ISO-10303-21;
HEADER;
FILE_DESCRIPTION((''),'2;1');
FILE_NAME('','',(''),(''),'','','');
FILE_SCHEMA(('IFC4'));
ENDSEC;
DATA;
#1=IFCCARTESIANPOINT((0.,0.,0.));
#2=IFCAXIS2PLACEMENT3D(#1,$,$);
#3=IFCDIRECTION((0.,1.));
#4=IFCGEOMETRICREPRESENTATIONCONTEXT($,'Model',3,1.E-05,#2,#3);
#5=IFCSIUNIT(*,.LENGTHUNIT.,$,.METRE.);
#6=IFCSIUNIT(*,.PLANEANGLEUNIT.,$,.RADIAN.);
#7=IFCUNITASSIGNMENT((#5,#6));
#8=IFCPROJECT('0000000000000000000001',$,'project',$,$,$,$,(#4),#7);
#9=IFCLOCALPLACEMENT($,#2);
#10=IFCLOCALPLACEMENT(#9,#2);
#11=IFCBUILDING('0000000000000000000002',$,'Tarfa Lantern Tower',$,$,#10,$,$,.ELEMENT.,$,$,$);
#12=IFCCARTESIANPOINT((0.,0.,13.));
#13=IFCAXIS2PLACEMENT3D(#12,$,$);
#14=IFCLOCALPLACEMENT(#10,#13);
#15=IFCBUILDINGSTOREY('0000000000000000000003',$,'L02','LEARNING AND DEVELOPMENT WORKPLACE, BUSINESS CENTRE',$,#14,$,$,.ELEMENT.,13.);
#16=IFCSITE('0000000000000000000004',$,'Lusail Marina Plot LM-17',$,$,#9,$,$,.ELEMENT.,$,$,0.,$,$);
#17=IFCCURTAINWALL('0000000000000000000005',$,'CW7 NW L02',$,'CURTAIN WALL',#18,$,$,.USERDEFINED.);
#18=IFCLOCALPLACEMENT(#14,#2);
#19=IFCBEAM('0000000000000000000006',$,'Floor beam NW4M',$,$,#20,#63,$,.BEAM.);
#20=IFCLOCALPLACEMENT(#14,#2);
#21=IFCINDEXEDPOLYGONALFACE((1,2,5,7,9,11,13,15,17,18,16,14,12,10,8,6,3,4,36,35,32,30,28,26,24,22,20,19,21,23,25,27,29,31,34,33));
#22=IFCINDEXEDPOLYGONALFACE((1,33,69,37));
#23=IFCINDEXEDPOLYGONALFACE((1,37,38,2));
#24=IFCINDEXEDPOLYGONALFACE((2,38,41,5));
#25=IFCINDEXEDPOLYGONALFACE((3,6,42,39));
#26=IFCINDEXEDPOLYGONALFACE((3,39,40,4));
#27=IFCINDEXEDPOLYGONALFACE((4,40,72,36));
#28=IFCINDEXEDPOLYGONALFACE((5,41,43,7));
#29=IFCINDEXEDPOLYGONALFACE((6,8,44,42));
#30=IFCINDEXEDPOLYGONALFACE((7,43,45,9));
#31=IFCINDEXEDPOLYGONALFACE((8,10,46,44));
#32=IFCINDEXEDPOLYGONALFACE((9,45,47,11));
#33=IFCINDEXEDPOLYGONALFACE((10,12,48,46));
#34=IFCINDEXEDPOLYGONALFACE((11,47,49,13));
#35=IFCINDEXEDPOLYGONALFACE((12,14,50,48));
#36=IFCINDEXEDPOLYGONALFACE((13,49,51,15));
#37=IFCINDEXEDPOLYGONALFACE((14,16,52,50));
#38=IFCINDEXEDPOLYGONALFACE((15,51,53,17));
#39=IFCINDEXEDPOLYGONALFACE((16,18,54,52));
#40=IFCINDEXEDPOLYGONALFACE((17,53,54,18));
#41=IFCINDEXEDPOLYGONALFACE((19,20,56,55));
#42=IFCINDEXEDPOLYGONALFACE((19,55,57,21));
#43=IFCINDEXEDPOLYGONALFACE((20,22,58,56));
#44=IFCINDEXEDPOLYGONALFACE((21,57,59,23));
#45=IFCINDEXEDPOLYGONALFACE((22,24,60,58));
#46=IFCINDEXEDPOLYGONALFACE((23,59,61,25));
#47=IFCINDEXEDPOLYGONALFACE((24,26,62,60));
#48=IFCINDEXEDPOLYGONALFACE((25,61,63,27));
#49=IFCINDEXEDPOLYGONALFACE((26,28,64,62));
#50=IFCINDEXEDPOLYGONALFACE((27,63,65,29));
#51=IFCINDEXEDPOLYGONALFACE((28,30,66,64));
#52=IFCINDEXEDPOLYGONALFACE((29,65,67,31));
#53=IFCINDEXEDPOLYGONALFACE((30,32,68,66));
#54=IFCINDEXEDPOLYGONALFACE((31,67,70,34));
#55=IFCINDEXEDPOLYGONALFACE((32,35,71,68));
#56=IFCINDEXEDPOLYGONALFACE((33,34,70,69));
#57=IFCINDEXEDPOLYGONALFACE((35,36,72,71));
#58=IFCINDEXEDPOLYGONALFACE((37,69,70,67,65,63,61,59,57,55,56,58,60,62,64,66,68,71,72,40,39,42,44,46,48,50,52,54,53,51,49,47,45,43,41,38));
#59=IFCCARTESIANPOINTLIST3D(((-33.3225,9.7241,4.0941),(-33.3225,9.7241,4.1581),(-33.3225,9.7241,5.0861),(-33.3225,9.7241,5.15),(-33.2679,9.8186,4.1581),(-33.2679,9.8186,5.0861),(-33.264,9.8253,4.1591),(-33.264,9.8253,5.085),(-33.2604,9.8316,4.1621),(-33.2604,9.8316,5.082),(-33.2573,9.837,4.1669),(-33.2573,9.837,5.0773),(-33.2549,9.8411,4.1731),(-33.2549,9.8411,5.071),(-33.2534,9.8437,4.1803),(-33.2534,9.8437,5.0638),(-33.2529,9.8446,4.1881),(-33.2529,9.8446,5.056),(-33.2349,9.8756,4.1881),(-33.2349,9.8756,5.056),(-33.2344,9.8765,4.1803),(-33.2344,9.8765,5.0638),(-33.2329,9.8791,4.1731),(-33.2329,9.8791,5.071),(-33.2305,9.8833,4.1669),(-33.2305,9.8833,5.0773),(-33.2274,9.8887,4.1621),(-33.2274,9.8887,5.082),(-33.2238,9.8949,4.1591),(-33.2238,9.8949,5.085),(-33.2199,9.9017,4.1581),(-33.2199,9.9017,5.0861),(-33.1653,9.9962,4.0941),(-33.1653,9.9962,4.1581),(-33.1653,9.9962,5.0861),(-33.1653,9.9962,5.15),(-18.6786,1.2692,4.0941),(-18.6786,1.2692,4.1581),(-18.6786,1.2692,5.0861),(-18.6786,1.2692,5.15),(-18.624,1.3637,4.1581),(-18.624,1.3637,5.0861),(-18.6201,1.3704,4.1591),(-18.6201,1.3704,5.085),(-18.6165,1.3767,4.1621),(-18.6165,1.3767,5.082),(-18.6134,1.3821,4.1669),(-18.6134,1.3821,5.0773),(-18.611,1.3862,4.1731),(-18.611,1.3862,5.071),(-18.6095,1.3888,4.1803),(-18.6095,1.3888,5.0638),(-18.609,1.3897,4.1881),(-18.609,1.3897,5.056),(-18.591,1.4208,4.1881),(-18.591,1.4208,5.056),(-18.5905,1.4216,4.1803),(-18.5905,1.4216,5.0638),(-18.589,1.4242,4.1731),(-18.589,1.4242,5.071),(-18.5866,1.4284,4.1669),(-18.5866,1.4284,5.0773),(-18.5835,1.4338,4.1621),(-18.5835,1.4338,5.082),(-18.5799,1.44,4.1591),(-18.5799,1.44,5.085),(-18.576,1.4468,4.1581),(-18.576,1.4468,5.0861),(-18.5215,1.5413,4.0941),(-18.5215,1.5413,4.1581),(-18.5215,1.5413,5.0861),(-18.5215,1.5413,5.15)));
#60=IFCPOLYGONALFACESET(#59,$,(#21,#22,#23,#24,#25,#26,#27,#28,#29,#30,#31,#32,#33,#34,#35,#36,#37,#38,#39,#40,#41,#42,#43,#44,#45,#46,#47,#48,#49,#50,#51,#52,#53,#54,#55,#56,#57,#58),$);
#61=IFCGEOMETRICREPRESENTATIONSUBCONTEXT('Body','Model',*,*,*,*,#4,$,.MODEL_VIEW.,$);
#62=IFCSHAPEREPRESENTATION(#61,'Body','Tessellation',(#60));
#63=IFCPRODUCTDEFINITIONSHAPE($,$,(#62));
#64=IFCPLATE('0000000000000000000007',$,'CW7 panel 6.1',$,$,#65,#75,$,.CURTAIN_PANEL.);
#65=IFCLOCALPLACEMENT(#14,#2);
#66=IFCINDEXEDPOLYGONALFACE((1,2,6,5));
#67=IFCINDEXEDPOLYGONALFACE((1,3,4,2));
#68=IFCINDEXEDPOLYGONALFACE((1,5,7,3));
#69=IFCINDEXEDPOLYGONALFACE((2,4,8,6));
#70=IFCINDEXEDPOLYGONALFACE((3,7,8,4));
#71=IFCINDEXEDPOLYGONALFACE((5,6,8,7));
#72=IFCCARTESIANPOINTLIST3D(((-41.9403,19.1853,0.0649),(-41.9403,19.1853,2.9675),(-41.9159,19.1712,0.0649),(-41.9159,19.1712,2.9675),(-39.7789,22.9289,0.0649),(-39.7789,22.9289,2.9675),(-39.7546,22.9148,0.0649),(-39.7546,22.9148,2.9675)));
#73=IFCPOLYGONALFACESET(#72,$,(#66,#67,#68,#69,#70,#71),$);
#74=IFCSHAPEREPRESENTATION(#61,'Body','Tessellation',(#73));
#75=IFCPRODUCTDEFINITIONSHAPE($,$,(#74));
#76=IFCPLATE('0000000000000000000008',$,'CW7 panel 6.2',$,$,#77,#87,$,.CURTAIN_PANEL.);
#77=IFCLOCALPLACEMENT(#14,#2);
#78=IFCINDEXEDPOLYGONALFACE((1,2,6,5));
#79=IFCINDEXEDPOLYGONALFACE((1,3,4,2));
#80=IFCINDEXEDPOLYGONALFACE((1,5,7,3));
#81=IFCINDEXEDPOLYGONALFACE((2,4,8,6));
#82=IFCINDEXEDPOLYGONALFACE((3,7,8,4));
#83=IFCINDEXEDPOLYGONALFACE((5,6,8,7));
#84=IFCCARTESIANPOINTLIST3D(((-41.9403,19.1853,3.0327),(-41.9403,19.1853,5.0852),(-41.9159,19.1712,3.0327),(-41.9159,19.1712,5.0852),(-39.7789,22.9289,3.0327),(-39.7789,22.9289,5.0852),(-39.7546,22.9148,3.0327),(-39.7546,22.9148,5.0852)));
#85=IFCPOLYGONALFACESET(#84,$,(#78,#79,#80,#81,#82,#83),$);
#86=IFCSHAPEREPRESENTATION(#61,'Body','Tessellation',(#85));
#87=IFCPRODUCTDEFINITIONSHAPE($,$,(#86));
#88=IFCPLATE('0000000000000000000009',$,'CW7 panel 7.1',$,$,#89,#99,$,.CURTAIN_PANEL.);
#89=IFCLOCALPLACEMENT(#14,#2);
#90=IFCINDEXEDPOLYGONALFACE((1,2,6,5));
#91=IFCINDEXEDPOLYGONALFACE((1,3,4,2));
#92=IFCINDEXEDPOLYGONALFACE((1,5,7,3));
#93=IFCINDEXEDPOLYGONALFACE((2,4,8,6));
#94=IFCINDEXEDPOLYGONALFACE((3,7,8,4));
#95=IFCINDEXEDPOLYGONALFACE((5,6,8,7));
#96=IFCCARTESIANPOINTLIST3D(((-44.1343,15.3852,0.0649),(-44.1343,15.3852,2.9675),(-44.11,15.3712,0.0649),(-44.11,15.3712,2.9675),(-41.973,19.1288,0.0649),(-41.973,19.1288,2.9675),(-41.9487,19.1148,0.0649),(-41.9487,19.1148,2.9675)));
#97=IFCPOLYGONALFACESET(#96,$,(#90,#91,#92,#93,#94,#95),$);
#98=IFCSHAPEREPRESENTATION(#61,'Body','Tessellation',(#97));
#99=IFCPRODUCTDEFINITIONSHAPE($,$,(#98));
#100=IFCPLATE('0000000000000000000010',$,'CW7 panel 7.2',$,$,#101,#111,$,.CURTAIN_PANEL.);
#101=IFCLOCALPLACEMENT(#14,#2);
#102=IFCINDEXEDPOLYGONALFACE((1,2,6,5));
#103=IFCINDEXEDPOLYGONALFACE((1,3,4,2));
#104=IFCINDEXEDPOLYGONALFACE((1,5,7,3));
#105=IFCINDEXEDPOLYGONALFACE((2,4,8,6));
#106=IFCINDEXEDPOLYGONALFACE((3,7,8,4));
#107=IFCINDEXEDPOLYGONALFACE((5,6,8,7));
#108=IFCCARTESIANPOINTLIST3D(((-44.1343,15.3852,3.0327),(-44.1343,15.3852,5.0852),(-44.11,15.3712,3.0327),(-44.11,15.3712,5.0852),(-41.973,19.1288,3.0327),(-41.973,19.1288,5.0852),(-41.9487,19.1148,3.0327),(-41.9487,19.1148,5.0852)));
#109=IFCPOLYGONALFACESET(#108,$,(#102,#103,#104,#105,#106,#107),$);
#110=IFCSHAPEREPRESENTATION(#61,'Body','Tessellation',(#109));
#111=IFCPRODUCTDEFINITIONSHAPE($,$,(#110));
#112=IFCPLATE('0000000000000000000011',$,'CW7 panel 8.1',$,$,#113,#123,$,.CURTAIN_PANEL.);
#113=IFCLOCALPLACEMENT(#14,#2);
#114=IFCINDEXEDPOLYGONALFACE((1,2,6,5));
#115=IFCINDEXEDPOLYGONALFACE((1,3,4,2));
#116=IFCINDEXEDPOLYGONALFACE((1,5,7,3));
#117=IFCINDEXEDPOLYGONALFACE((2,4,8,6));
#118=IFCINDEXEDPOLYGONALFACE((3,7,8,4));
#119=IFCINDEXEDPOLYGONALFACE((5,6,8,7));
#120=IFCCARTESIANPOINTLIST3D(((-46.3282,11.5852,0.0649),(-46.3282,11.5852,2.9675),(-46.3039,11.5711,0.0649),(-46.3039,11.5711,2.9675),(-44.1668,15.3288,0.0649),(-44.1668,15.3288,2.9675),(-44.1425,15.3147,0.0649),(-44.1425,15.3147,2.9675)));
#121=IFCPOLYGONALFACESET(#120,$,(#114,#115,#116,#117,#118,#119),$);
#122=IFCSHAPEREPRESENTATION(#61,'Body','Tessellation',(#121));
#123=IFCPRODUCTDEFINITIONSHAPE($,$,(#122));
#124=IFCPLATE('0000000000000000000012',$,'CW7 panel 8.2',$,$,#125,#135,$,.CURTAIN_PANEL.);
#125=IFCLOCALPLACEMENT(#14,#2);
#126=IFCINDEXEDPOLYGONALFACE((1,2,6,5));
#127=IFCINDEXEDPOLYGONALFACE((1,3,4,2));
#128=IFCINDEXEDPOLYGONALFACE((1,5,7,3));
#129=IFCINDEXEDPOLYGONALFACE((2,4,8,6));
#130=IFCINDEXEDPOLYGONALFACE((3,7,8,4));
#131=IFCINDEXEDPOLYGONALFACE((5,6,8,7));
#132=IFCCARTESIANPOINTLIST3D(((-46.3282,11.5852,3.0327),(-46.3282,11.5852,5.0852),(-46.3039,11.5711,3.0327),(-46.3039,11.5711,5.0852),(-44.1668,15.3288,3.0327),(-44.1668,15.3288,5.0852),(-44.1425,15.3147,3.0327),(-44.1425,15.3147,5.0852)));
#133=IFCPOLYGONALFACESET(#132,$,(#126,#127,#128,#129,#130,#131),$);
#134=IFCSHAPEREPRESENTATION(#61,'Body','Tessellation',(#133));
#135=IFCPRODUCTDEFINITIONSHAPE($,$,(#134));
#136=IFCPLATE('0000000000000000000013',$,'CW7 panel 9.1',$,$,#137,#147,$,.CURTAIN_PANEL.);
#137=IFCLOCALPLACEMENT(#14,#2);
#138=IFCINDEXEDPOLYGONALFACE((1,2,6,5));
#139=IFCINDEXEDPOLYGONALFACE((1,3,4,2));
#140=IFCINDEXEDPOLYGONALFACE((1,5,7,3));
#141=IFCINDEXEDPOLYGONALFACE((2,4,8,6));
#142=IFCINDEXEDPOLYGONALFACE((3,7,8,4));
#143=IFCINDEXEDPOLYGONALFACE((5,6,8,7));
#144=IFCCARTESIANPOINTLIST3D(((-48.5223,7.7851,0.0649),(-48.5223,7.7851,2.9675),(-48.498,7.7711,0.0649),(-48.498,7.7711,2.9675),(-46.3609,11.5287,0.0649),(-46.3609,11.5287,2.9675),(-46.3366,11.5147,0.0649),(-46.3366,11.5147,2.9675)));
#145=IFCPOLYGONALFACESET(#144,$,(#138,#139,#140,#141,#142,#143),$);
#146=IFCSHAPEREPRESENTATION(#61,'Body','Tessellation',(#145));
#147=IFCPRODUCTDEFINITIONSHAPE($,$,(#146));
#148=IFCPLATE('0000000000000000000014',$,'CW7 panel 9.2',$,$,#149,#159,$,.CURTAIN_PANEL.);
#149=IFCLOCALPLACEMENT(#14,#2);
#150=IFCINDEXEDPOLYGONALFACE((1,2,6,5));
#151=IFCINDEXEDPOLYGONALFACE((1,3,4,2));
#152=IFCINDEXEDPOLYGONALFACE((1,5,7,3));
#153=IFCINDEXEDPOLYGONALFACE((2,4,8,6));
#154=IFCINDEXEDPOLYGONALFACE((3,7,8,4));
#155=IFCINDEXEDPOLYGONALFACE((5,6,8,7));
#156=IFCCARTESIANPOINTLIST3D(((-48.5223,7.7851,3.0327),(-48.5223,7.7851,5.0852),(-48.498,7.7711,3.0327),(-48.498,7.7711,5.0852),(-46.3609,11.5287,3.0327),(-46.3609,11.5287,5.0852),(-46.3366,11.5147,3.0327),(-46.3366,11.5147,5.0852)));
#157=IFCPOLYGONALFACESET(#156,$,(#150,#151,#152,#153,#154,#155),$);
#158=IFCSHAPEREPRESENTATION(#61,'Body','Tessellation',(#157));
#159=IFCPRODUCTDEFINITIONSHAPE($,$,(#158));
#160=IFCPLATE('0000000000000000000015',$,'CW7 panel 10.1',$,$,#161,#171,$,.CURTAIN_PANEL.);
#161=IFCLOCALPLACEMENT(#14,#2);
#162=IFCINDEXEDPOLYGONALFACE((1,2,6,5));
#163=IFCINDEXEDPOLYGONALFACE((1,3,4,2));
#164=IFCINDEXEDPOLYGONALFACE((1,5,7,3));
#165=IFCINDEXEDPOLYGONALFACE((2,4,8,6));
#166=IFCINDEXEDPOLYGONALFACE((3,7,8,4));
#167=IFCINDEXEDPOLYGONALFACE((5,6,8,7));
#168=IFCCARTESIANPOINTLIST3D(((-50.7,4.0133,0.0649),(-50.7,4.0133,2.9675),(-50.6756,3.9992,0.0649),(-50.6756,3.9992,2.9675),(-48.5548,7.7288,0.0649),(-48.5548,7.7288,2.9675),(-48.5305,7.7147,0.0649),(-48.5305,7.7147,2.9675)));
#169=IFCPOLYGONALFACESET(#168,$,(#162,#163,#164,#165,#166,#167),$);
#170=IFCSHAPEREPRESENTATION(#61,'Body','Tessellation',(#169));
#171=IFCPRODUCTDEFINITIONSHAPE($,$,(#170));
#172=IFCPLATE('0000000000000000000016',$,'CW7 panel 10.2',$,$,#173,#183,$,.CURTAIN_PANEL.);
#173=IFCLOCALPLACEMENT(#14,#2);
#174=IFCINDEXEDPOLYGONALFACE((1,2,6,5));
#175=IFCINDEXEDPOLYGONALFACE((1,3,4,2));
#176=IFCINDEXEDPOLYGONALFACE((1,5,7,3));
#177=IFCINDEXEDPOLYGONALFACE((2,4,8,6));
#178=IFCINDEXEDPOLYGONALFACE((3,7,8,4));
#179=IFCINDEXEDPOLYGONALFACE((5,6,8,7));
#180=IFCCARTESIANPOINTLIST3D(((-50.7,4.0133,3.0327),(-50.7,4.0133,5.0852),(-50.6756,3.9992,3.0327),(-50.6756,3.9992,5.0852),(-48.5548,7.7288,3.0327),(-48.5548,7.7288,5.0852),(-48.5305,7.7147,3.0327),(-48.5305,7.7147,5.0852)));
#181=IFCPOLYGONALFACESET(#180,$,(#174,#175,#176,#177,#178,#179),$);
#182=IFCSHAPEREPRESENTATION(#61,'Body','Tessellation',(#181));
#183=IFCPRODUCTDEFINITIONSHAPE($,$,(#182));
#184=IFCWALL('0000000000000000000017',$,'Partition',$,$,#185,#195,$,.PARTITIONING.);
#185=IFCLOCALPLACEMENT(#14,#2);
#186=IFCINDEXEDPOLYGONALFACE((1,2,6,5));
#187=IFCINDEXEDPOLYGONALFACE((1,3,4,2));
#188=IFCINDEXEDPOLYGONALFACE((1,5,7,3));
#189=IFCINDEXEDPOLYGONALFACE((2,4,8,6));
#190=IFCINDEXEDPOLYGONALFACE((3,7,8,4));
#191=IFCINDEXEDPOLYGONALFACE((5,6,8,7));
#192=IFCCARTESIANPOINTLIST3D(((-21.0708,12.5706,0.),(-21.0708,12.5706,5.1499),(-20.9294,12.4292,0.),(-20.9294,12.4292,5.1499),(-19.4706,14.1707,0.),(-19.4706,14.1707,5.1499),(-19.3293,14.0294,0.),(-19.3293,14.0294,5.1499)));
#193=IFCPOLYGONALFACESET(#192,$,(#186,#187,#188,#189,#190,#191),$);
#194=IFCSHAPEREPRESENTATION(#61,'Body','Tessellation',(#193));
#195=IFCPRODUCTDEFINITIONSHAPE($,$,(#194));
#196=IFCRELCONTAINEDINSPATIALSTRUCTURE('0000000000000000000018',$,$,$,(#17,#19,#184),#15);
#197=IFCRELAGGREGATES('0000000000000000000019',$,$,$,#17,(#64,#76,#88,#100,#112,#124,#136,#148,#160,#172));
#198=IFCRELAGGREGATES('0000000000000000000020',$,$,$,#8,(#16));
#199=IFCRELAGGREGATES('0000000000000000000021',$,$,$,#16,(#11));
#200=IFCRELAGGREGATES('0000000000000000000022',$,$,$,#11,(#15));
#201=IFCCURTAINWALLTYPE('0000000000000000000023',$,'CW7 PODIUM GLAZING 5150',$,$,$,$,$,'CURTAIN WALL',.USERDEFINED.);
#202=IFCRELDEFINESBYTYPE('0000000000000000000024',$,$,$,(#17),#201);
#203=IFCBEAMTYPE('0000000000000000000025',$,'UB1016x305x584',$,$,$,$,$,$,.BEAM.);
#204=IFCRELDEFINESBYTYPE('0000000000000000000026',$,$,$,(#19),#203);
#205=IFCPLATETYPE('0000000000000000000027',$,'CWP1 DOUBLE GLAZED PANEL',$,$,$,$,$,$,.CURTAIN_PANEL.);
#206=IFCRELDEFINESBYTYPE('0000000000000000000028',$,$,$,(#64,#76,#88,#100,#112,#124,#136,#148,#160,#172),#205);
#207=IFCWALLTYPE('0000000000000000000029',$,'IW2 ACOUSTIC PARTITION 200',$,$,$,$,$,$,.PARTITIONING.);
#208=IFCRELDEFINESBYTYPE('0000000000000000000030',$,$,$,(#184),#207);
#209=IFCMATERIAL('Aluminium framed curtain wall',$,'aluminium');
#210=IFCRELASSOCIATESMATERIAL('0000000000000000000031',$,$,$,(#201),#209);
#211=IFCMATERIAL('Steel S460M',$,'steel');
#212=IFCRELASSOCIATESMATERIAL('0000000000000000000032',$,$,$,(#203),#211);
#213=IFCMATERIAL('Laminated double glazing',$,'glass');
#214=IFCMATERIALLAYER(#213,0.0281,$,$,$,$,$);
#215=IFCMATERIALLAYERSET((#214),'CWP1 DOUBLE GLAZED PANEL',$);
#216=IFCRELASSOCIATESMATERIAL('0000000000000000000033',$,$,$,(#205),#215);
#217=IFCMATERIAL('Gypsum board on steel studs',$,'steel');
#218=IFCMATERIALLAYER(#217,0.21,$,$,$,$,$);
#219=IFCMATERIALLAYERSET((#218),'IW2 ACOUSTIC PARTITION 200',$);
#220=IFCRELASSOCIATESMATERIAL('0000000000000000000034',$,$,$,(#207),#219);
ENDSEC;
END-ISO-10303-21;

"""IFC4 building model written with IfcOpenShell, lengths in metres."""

from ifc_helpers import new_model, si_unit, direction, frame, frame_2d, origin, origin_2d, place, context, subcontext, project, spatial, rectangle, i_section, extrude, material, layer, layer_set, material_profile, profile_set, type_object, element, aggregate, save


model = new_model("IFC4")

# Units and contexts
model_context = context("Model", 3, precision=1e-05, world=origin(), true_north=direction((0.0, 1.0)))
body_context = subcontext(model_context, "Body", "Model", "MODEL_VIEW")
ifc_project = project(units=[si_unit("LENGTHUNIT", "METRE"), si_unit("PLANEANGLEUNIT", "RADIAN")], contexts=[model_context])

# Site, building, storey
site_placement = place(None, origin())
site = spatial("IfcSite", under=ifc_project, at=site_placement, Name="Lusail Marina Plot LM-17", CompositionType="ELEMENT", RefElevation=0.0)
building_placement = place(site_placement, origin())
building = spatial("IfcBuilding", under=site, at=building_placement, Name="Tarfa Lantern Tower", CompositionType="ELEMENT")
storey_placement = place(building_placement, frame((0.0, 0.0, 13.0)))
storey = spatial("IfcBuildingStorey", under=building, at=storey_placement, Name="L02", Description="LEARNING AND DEVELOPMENT WORKPLACE, BUSINESS CENTRE", CompositionType="ELEMENT", Elevation=13.0)

# Curtain wall
ifc_material_1 = material(Name="Aluminium framed curtain wall", Category="aluminium")
curtain_wall_type = type_object("IfcCurtainWallType", Name="CW7 PODIUM GLAZING 5150", ElementType="CURTAIN WALL", PredefinedType="USERDEFINED", material=ifc_material_1)
curtain_wall_placement = place(storey_placement, origin())
curtain_wall = element("IfcCurtainWall", 1, at=curtain_wall_placement, inside=storey, type_object=curtain_wall_type, Name="CW7 NW L02", ObjectType="CURTAIN WALL", PredefinedType="USERDEFINED")

# Beam
ifc_material_2 = material(Name="Steel S460M", Category="steel")
ifc_material_profile_1 = material_profile(ifc_material_2, i_section(OverallWidth=0.3142, OverallDepth=1.0559, WebThickness=0.0359, FlangeThickness=0.064, FilletRadius=0.03, at=origin_2d()), Name="UB1016x305x584")
ifc_profile_set_1 = profile_set([ifc_material_profile_1], Name="Steel S460M")
beam_type_1 = type_object("IfcBeamType", Name="UB1016x305x584", PredefinedType="BEAM", material=ifc_profile_set_1)
beam_1_placement = place(storey_placement, frame((-33.2439, 9.8601, 4.6221), z_axis=(0.866019, -0.50001, 0.0), x_axis=(0.50001, 0.866019, 0.0)))
element("IfcBeam", 2, at=beam_1_placement, inside=storey, type_object=beam_type_1, Name="Floor beam NW4M", PredefinedType="BEAM", context=body_context, shape_type="SweptSolid", body=[
    extrude(i_section(OverallWidth=0.3142, OverallDepth=1.0559, WebThickness=0.0359, FlangeThickness=0.064, FilletRadius=0.03, at=origin_2d()), origin(), (0.0, 0.0, 1.0), 16.9094),
])

# Plates
ifc_material_3 = material(Name="Laminated double glazing", Category="glass")
ifc_layer_1 = layer(ifc_material_3, 0.0281)
ifc_layer_set_1 = layer_set([ifc_layer_1], Name="CWP1 DOUBLE GLAZED PANEL")
plate_type = type_object("IfcPlateType", Name="CWP1 DOUBLE GLAZED PANEL", PredefinedType="CURTAIN_PANEL", material=ifc_layer_set_1)
plate_1_placement = place(storey_placement, frame((-40.8474, 21.05, 0.0649), z_axis=(0.0, 0.0, 1.0), x_axis=(-0.5, -0.866025, 0.0)))
plate_1 = element("IfcPlate", 3, at=plate_1_placement, type_object=plate_type, Name="CW7 panel 6.1", PredefinedType="CURTAIN_PANEL", context=body_context, shape_type="SweptSolid", body=[
    extrude(rectangle(XDim=4.3228, YDim=0.0281, at=origin_2d()), origin(), (0.0, 0.0, 1.0), 2.9026),
])
plate_2_placement = place(storey_placement, frame((-40.8474, 21.05, 3.0327), z_axis=(0.0, 0.0, 1.0), x_axis=(-0.5, -0.866025, 0.0)))
plate_2 = element("IfcPlate", 4, at=plate_2_placement, type_object=plate_type, Name="CW7 panel 6.2", PredefinedType="CURTAIN_PANEL", context=body_context, shape_type="SweptSolid", body=[
    extrude(rectangle(XDim=4.3228, YDim=0.0281, at=origin_2d()), origin(), (0.0, 0.0, 1.0), 2.0525),
])
plate_3_placement = place(storey_placement, frame((-43.0415, 17.25, 0.0649), z_axis=(0.0, 0.0, 1.0), x_axis=(-0.5, -0.866025, 0.0)))
plate_3 = element("IfcPlate", 5, at=plate_3_placement, type_object=plate_type, Name="CW7 panel 7.1", PredefinedType="CURTAIN_PANEL", context=body_context, shape_type="SweptSolid", body=[
    extrude(rectangle(XDim=4.3228, YDim=0.0281, at=origin_2d()), origin(), (0.0, 0.0, 1.0), 2.9026),
])
plate_4_placement = place(storey_placement, frame((-43.0415, 17.25, 3.0327), z_axis=(0.0, 0.0, 1.0), x_axis=(-0.5, -0.866025, 0.0)))
plate_4 = element("IfcPlate", 6, at=plate_4_placement, type_object=plate_type, Name="CW7 panel 7.2", PredefinedType="CURTAIN_PANEL", context=body_context, shape_type="SweptSolid", body=[
    extrude(rectangle(XDim=4.3228, YDim=0.0281, at=origin_2d()), origin(), (0.0, 0.0, 1.0), 2.0525),
])
plate_5_placement = place(storey_placement, frame((-45.2354, 13.45, 0.0649), z_axis=(0.0, 0.0, 1.0), x_axis=(-0.5, -0.866025, 0.0)))
plate_5 = element("IfcPlate", 7, at=plate_5_placement, type_object=plate_type, Name="CW7 panel 8.1", PredefinedType="CURTAIN_PANEL", context=body_context, shape_type="SweptSolid", body=[
    extrude(rectangle(XDim=4.3228, YDim=0.0281, at=origin_2d()), origin(), (0.0, 0.0, 1.0), 2.9026),
])
plate_6_placement = place(storey_placement, frame((-45.2354, 13.45, 3.0327), z_axis=(0.0, 0.0, 1.0), x_axis=(-0.5, -0.866025, 0.0)))
plate_6 = element("IfcPlate", 8, at=plate_6_placement, type_object=plate_type, Name="CW7 panel 8.2", PredefinedType="CURTAIN_PANEL", context=body_context, shape_type="SweptSolid", body=[
    extrude(rectangle(XDim=4.3228, YDim=0.0281, at=origin_2d()), origin(), (0.0, 0.0, 1.0), 2.0525),
])
plate_7_placement = place(storey_placement, frame((-47.4294, 9.6499, 0.0649), z_axis=(0.0, 0.0, 1.0), x_axis=(-0.5, -0.866025, 0.0)))
plate_7 = element("IfcPlate", 9, at=plate_7_placement, type_object=plate_type, Name="CW7 panel 9.1", PredefinedType="CURTAIN_PANEL", context=body_context, shape_type="SweptSolid", body=[
    extrude(rectangle(XDim=4.3228, YDim=0.0281, at=origin_2d()), origin(), (0.0, 0.0, 1.0), 2.9026),
])
plate_8_placement = place(storey_placement, frame((-47.4294, 9.6499, 3.0327), z_axis=(0.0, 0.0, 1.0), x_axis=(-0.5, -0.866025, 0.0)))
plate_8 = element("IfcPlate", 10, at=plate_8_placement, type_object=plate_type, Name="CW7 panel 9.2", PredefinedType="CURTAIN_PANEL", context=body_context, shape_type="SweptSolid", body=[
    extrude(rectangle(XDim=4.3228, YDim=0.0281, at=origin_2d()), origin(), (0.0, 0.0, 1.0), 2.0525),
])
plate_9_placement = place(storey_placement, frame((-49.6152, 5.864, 0.0649), z_axis=(0.0, 0.0, 1.0), x_axis=(-0.5, -0.866025, 0.0)))
plate_9 = element("IfcPlate", 11, at=plate_9_placement, type_object=plate_type, Name="CW7 panel 10.1", PredefinedType="CURTAIN_PANEL", context=body_context, shape_type="SweptSolid", body=[
    extrude(rectangle(XDim=4.2903, YDim=0.0281, at=origin_2d()), origin(), (0.0, 0.0, 1.0), 2.9026),
])
plate_10_placement = place(storey_placement, frame((-49.6152, 5.864, 3.0327), z_axis=(0.0, 0.0, 1.0), x_axis=(-0.5, -0.866025, 0.0)))
plate_10 = element("IfcPlate", 12, at=plate_10_placement, type_object=plate_type, Name="CW7 panel 10.2", PredefinedType="CURTAIN_PANEL", context=body_context, shape_type="SweptSolid", body=[
    extrude(rectangle(XDim=4.2903, YDim=0.0281, at=origin_2d()), origin(), (0.0, 0.0, 1.0), 2.0525),
])
aggregate(curtain_wall, [plate_1, plate_2, plate_3, plate_4, plate_5, plate_6, plate_7, plate_8, plate_9, plate_10])

# Wall
ifc_material_4 = material(Name="Gypsum board on steel studs", Category="steel")
ifc_layer_2 = layer(ifc_material_4, 0.21)
ifc_layer_set_2 = layer_set([ifc_layer_2], Name="IW2 ACOUSTIC PARTITION 200")
wall_type = type_object("IfcWallType", Name="IW2 ACOUSTIC PARTITION 200", PredefinedType="PARTITIONING", material=ifc_layer_set_2)
wall_placement = place(storey_placement, frame((-21.0, 12.5, 0.0), z_axis=(0.0, 0.0, 1.0), x_axis=(0.707107, 0.707107, 0.0)))
element("IfcWall", 13, at=wall_placement, inside=storey, type_object=wall_type, Name="Partition", PredefinedType="PARTITIONING", context=body_context, shape_type="SweptSolid", body=[
    extrude(rectangle(XDim=2.2629, YDim=0.2, at=frame_2d((1.1313, 0.0))), origin(), (0.0, 0.0, 1.0), 5.1499),
])

save(model, "model.ifc")
